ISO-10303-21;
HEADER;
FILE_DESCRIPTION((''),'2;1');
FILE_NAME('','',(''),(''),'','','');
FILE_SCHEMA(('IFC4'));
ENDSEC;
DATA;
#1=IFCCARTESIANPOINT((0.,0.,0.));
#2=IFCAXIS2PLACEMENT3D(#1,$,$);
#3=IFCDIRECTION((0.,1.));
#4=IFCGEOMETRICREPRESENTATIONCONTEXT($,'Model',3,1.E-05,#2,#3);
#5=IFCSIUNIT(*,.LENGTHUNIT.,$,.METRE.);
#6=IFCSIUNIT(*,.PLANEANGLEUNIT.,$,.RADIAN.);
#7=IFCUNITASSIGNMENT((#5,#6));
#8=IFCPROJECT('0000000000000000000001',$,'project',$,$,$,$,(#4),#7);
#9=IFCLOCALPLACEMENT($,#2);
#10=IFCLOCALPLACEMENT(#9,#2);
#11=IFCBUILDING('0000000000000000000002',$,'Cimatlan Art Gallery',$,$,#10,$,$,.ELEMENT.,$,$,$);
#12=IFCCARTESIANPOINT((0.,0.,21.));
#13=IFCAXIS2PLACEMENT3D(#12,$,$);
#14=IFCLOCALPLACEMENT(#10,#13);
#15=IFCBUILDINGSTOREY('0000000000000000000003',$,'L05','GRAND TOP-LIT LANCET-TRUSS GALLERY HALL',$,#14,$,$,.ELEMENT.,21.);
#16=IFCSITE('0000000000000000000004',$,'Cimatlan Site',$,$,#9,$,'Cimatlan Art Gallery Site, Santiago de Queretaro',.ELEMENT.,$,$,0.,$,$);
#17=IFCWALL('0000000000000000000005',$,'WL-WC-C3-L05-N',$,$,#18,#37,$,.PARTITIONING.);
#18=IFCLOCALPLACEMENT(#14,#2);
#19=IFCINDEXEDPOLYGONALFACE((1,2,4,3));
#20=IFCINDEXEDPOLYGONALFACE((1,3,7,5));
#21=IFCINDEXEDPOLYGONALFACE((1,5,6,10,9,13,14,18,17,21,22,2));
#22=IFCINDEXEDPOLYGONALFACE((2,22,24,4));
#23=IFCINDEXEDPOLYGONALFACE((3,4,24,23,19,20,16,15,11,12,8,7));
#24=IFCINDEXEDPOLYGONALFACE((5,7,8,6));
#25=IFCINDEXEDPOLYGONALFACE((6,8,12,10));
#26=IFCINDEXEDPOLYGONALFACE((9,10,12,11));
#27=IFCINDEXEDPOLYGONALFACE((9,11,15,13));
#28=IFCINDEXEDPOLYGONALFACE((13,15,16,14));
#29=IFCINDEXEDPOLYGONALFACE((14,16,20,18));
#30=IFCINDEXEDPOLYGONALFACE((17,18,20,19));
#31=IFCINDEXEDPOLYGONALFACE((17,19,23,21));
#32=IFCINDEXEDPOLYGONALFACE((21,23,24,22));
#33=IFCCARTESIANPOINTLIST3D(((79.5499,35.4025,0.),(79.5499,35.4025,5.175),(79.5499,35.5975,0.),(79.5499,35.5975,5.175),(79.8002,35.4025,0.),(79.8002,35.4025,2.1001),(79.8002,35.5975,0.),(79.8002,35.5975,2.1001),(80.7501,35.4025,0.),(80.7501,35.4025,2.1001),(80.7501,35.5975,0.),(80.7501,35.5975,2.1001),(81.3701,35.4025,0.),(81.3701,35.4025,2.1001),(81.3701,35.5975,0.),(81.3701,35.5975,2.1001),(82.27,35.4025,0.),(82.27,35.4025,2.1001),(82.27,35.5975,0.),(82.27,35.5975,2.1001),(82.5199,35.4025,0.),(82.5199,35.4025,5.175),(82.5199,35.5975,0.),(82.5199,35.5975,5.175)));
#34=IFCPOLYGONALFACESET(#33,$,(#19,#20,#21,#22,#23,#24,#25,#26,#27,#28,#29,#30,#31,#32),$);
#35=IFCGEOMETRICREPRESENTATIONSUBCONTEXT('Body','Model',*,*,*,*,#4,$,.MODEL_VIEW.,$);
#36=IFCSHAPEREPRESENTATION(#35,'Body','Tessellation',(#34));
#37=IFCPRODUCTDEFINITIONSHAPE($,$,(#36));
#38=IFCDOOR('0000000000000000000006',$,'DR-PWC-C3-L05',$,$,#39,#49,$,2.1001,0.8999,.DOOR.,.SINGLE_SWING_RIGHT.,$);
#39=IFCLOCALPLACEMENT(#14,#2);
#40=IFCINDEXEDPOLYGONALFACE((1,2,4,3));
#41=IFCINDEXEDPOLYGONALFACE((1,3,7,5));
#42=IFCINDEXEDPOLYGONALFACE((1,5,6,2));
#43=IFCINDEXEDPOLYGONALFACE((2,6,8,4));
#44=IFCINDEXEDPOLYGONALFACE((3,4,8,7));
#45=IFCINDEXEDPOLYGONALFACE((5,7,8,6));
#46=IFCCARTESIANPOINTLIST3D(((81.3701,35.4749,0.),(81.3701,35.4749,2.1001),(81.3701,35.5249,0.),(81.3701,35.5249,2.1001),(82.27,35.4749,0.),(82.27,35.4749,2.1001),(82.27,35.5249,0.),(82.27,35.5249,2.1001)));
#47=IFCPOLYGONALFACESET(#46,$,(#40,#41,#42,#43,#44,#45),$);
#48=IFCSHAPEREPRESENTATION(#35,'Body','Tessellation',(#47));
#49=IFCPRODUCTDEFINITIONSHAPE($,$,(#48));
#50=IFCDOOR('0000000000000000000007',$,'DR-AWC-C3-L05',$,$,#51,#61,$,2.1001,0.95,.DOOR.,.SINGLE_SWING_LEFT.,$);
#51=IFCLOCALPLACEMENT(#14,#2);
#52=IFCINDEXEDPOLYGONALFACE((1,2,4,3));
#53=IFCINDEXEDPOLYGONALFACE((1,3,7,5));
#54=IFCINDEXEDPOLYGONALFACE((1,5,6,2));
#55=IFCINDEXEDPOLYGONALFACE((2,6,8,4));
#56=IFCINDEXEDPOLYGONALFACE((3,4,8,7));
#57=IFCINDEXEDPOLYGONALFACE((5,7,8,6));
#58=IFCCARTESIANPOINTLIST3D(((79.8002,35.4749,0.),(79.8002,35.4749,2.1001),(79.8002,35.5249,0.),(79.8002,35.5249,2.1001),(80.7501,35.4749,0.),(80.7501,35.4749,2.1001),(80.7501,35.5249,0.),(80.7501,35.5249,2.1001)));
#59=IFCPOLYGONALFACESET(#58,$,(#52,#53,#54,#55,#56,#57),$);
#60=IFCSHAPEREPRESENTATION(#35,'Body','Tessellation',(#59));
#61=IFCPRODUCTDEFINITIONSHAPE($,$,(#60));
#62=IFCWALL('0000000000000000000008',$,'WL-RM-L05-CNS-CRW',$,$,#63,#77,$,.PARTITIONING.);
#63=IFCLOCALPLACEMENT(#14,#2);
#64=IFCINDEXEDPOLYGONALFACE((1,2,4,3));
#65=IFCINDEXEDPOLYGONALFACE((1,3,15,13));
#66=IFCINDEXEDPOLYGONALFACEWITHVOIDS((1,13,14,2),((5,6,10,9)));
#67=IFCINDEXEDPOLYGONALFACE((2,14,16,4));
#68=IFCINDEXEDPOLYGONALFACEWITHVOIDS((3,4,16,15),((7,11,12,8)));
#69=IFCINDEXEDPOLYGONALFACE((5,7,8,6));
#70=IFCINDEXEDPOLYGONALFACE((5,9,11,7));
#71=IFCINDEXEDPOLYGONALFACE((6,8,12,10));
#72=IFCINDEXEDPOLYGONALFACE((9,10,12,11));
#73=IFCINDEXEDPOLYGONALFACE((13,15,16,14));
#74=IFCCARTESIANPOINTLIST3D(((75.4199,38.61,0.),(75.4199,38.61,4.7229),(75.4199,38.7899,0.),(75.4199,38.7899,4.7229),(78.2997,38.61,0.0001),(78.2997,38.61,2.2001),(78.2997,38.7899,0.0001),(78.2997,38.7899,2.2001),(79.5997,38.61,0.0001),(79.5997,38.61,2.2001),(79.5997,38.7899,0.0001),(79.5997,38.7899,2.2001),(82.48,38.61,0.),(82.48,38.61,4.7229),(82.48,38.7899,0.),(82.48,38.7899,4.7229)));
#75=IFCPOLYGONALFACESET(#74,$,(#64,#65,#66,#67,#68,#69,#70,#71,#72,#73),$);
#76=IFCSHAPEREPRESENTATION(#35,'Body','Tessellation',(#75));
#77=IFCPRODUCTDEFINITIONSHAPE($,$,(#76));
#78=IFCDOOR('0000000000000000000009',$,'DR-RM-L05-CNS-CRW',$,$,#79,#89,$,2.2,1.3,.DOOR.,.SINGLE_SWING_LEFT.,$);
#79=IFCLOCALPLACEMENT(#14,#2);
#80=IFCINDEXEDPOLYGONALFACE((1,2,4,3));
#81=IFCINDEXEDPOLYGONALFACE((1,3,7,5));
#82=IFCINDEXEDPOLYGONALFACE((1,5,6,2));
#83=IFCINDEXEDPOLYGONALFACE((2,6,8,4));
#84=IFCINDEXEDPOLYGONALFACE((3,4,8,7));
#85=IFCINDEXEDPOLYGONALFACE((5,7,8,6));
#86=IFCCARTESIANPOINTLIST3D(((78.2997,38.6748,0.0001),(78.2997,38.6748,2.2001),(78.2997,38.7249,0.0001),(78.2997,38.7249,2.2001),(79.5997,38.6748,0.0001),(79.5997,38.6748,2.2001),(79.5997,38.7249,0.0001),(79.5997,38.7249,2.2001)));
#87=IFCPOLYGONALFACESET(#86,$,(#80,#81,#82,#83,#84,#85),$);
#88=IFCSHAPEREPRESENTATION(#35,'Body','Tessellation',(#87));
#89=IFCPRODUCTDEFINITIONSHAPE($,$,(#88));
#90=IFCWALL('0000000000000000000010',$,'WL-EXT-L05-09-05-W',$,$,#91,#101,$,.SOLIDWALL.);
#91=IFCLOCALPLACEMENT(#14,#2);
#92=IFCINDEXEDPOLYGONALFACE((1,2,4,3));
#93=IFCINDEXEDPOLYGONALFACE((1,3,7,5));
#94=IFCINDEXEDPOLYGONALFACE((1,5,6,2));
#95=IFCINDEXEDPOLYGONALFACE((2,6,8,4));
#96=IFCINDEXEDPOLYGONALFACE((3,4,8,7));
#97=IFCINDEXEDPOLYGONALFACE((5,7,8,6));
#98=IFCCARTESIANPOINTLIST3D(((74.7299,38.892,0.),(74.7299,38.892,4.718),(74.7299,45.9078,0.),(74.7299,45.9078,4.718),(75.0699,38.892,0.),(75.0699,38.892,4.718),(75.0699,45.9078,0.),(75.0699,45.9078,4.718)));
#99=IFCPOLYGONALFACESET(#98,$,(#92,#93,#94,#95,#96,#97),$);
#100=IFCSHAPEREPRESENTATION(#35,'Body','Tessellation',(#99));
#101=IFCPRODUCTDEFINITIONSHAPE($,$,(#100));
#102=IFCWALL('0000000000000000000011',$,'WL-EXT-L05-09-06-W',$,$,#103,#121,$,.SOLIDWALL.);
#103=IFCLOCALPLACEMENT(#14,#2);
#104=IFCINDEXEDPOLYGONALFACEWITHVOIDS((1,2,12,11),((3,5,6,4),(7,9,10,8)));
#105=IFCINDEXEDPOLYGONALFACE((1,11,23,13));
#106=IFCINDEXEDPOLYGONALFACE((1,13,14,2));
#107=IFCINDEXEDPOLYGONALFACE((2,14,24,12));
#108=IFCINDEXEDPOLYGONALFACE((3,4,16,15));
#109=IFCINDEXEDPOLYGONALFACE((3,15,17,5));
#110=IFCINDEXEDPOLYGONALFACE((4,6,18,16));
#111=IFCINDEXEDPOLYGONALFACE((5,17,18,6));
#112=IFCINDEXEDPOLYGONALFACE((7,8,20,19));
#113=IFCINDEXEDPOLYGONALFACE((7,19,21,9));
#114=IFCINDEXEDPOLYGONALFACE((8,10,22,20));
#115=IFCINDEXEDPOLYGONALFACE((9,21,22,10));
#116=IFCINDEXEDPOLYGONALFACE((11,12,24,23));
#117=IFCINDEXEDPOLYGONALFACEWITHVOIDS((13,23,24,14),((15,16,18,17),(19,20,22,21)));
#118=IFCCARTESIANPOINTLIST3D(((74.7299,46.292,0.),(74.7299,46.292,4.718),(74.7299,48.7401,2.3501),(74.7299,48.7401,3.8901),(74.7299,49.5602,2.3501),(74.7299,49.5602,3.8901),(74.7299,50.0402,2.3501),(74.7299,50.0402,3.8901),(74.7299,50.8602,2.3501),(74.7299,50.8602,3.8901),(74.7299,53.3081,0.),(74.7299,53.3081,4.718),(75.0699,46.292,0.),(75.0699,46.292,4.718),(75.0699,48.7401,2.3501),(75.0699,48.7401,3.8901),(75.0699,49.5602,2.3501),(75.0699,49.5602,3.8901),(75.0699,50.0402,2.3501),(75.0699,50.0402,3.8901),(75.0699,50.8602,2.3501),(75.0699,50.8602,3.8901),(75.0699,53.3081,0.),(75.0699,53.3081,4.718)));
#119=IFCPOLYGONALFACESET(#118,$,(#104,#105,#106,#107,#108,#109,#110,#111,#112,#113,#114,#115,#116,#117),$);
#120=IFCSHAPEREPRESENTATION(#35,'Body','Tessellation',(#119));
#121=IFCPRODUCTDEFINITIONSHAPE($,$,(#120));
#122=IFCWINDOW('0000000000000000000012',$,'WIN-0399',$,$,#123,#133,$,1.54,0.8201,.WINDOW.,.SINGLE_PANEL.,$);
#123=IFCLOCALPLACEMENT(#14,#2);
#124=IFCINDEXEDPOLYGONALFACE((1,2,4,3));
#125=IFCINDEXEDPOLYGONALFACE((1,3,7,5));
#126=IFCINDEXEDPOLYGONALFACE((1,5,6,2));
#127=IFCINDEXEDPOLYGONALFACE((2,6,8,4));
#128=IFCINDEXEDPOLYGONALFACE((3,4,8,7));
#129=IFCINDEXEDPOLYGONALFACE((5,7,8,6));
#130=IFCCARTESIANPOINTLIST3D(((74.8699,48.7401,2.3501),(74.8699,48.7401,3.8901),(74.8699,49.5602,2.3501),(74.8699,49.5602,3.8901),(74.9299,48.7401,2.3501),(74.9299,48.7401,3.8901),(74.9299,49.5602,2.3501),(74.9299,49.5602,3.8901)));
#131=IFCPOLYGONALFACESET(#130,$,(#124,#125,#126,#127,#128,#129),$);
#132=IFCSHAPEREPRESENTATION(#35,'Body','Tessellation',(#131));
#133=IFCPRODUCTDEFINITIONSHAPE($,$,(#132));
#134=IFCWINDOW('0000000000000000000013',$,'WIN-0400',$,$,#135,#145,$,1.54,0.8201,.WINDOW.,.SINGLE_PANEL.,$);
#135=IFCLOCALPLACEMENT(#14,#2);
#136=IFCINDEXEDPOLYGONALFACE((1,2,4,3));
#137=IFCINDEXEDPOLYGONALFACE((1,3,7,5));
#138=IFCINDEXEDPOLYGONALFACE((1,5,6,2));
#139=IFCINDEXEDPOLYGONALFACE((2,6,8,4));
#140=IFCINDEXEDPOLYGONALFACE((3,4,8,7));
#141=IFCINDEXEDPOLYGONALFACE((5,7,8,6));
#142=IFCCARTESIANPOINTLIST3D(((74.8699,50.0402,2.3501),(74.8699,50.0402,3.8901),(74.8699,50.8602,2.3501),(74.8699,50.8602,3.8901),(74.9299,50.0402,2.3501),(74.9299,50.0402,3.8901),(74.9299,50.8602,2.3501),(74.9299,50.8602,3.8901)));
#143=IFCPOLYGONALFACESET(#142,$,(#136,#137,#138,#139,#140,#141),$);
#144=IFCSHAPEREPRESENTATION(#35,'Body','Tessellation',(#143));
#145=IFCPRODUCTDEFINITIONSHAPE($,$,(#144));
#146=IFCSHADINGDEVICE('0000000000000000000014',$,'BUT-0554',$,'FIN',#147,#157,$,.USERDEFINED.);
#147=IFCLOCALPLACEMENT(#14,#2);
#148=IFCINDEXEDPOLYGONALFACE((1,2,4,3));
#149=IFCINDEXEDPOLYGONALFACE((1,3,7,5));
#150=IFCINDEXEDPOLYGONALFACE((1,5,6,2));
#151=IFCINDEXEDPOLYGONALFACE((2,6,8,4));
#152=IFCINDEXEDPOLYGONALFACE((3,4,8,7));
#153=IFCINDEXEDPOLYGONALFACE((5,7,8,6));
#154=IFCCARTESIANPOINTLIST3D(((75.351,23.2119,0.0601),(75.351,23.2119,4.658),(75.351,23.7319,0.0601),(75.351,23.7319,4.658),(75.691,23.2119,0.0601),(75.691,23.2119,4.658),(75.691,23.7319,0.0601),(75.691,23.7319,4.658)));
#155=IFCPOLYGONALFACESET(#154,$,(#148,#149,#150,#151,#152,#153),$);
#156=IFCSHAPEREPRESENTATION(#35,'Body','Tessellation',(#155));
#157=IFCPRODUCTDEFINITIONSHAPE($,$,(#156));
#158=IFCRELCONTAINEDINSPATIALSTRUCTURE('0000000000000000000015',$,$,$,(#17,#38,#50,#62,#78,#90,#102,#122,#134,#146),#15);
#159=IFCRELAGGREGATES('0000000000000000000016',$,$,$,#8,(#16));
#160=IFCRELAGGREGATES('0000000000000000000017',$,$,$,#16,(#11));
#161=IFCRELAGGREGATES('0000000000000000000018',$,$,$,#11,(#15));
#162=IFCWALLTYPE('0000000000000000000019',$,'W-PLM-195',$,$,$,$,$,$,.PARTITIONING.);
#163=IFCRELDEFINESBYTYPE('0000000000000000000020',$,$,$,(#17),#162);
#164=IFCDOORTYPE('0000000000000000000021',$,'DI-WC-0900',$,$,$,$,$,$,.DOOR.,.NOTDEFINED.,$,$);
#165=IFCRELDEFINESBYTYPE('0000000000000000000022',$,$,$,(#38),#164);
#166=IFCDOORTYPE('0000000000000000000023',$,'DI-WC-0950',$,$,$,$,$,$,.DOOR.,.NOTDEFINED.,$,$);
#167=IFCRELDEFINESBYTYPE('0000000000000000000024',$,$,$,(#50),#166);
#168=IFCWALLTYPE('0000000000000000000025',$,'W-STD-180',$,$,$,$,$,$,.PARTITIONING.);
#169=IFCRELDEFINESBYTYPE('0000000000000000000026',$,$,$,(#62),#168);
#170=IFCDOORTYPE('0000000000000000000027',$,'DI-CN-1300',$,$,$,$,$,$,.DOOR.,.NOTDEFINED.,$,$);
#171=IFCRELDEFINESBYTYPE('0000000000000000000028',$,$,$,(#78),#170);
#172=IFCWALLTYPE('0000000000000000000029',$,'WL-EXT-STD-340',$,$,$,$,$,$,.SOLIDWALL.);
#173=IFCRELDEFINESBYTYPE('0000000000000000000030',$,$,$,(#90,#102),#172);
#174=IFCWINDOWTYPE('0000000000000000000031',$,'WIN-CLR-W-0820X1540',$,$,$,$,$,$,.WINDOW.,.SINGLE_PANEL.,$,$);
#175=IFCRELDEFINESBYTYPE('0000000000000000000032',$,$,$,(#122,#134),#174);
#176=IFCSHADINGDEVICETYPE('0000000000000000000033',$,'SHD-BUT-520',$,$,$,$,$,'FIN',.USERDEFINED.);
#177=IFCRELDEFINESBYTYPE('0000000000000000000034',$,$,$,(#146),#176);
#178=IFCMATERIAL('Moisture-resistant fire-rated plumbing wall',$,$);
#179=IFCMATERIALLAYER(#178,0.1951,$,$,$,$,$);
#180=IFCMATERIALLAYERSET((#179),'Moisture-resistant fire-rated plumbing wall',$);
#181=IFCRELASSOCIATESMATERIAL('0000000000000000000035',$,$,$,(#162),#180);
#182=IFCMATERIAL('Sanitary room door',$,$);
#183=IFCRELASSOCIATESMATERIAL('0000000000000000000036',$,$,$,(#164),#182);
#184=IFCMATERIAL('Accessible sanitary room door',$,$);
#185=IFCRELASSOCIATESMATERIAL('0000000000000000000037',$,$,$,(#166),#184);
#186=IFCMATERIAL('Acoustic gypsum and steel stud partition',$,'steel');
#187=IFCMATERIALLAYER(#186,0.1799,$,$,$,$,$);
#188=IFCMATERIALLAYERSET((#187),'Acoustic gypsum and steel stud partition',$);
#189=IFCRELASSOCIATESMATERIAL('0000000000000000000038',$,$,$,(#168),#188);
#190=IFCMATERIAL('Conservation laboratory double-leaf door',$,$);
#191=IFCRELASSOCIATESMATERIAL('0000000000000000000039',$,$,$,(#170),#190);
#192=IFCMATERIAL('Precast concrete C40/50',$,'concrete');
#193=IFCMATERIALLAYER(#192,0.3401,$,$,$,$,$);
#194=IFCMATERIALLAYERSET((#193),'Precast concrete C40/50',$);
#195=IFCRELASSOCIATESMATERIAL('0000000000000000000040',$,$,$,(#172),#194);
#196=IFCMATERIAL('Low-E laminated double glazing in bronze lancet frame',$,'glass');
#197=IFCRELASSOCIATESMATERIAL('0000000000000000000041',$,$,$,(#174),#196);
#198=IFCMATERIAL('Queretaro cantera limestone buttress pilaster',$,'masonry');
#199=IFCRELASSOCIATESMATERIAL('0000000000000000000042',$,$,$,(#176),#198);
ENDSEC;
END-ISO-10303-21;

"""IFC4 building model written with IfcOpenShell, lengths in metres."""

from ifc_helpers import new_model, si_unit, direction, frame, frame_2d, origin, origin_2d, place, context, subcontext, project, spatial, rectangle, extrude, material, layer, layer_set, type_object, element, fill, save


model = new_model("IFC4")

# Units and contexts
model_context = context("Model", 3, precision=1e-05, world=origin(), true_north=direction((0.0, 1.0)))
body_context = subcontext(model_context, "Body", "Model", "MODEL_VIEW")
ifc_project = project(units=[si_unit("LENGTHUNIT", "METRE"), si_unit("PLANEANGLEUNIT", "RADIAN")], contexts=[model_context])

# Site, building, storey
site_placement = place(None, origin())
site = spatial("IfcSite", under=ifc_project, at=site_placement, Name="Cimatlan Site", LongName="Cimatlan Art Gallery Site, Santiago de Queretaro", CompositionType="ELEMENT", RefElevation=0.0)
building_placement = place(site_placement, origin())
building = spatial("IfcBuilding", under=site, at=building_placement, Name="Cimatlan Art Gallery", CompositionType="ELEMENT")
storey_placement = place(building_placement, frame((0.0, 0.0, 21.0)))
storey = spatial("IfcBuildingStorey", under=building, at=storey_placement, Name="L05", Description="GRAND TOP-LIT LANCET-TRUSS GALLERY HALL", CompositionType="ELEMENT", Elevation=21.0)

# Shared definitions
ifc_material_1 = material(Name="Precast concrete C40/50", Category="concrete")

# Shared definitions
ifc_material_2 = material(Name="Moisture-resistant fire-rated plumbing wall")
ifc_layer_1 = layer(ifc_material_2, 0.1951)
ifc_layer_set_1 = layer_set([ifc_layer_1], Name="Moisture-resistant fire-rated plumbing wall")
wall_type_1 = type_object("IfcWallType", Name="W-PLM-195", PredefinedType="PARTITIONING", material=ifc_layer_set_1)

# Wall, openings, doors
wall_1_placement = place(storey_placement, frame((79.55, 35.5, 0.0), z_axis=(0.0, 0.0, 1.0), x_axis=(1.0, 0.0, 0.0)))
wall_1 = element("IfcWall", 1, at=wall_1_placement, inside=storey, type_object=wall_type_1, Name="WL-WC-C3-L05-N", PredefinedType="PARTITIONING", context=body_context, shape_type="SweptSolid", body=[
    extrude(rectangle(XDim=2.97, YDim=0.1951, at=frame_2d((1.4849, 0.0))), origin(), (0.0, 0.0, 1.0), 5.175),
])
opening_1_placement = place(wall_1_placement, frame((0.25, 0.0, 0.0)))
opening_1 = element("IfcOpeningElement", 2, at=opening_1_placement, cuts=wall_1, PredefinedType="OPENING", context=body_context, shape_type="SweptSolid", body=[
    extrude(rectangle(XDim=0.95, YDim=2.1001, at=frame_2d((0.4751, 1.05))), frame((0.0, 0.1074, 0.0), z_axis=(0.0, -1.0, 0.0), x_axis=(1.0, 0.0, 0.0)), (0.0, 0.0, 1.0), 0.2151),
])
opening_2_placement = place(wall_1_placement, frame((1.8201, 0.0, 0.0)))
opening_2 = element("IfcOpeningElement", 3, at=opening_2_placement, cuts=wall_1, PredefinedType="OPENING", context=body_context, shape_type="SweptSolid", body=[
    extrude(rectangle(XDim=0.8999, YDim=2.1001, at=frame_2d((0.45, 1.05))), frame((0.0, 0.1074, 0.0), z_axis=(0.0, -1.0, 0.0), x_axis=(1.0, 0.0, 0.0)), (0.0, 0.0, 1.0), 0.2151),
])
ifc_material_3 = material(Name="Sanitary room door")
door_type_1 = type_object("IfcDoorType", Name="DI-WC-0900", OperationType="NOTDEFINED", PredefinedType="DOOR", material=ifc_material_3)
door_1_placement = place(opening_2_placement, origin())
door_1 = element("IfcDoor", 4, at=door_1_placement, inside=storey, type_object=door_type_1, Name="DR-PWC-C3-L05", OperationType="SINGLE_SWING_RIGHT", OverallHeight=2.1001, OverallWidth=0.8999, PredefinedType="DOOR", context=body_context, shape_type="SweptSolid", body=[
    extrude(rectangle(XDim=0.8999, YDim=2.1001, at=frame_2d((0.45, 1.05))), frame((0.0, 0.0249, 0.0), z_axis=(0.0, -1.0, 0.0), x_axis=(1.0, 0.0, 0.0)), (0.0, 0.0, 1.0), 0.05),
])
fill(opening_2, door_1)
ifc_material_4 = material(Name="Accessible sanitary room door")
door_type_2 = type_object("IfcDoorType", Name="DI-WC-0950", OperationType="NOTDEFINED", PredefinedType="DOOR", material=ifc_material_4)
door_2_placement = place(opening_1_placement, origin())
door_2 = element("IfcDoor", 5, at=door_2_placement, inside=storey, type_object=door_type_2, Name="DR-AWC-C3-L05", OperationType="SINGLE_SWING_LEFT", OverallHeight=2.1001, OverallWidth=0.95, PredefinedType="DOOR", context=body_context, shape_type="SweptSolid", body=[
    extrude(rectangle(XDim=0.95, YDim=2.1001, at=frame_2d((0.4751, 1.05))), frame((0.0, 0.0249, 0.0), z_axis=(0.0, -1.0, 0.0), x_axis=(1.0, 0.0, 0.0)), (0.0, 0.0, 1.0), 0.05),
])
fill(opening_1, door_2)

# Wall, opening, door
ifc_material_5 = material(Name="Acoustic gypsum and steel stud partition", Category="steel")
ifc_layer_2 = layer(ifc_material_5, 0.1799)
ifc_layer_set_2 = layer_set([ifc_layer_2], Name="Acoustic gypsum and steel stud partition")
wall_type_2 = type_object("IfcWallType", Name="W-STD-180", PredefinedType="PARTITIONING", material=ifc_layer_set_2)
wall_2_placement = place(storey_placement, frame((75.4199, 38.7, 0.0), z_axis=(0.0, 0.0, 1.0), x_axis=(1.0, 0.0, 0.0)))
wall_2 = element("IfcWall", 6, at=wall_2_placement, inside=storey, type_object=wall_type_2, Name="WL-RM-L05-CNS-CRW", PredefinedType="PARTITIONING", context=body_context, shape_type="SweptSolid", body=[
    extrude(rectangle(XDim=7.0601, YDim=0.1799, at=frame_2d((3.53, 0.0))), origin(), (0.0, 0.0, 1.0), 4.7229),
])
opening_3_placement = place(wall_2_placement, frame((2.8799, 0.0, 0.0)))
opening_3 = element("IfcOpeningElement", 7, at=opening_3_placement, cuts=wall_2, PredefinedType="OPENING", context=body_context, shape_type="SweptSolid", body=[
    extrude(rectangle(XDim=1.3, YDim=2.2, at=frame_2d((0.6499, 1.1001))), frame((0.0, 0.1001, 0.0), z_axis=(0.0, -1.0, 0.0), x_axis=(1.0, 0.0, 0.0)), (0.0, 0.0, 1.0), 0.2),
])
ifc_material_6 = material(Name="Conservation laboratory double-leaf door")
door_type_3 = type_object("IfcDoorType", Name="DI-CN-1300", OperationType="NOTDEFINED", PredefinedType="DOOR", material=ifc_material_6)
door_3_placement = place(opening_3_placement, origin())
door_3 = element("IfcDoor", 8, at=door_3_placement, inside=storey, type_object=door_type_3, Name="DR-RM-L05-CNS-CRW", OperationType="SINGLE_SWING_LEFT", OverallHeight=2.2, OverallWidth=1.3, PredefinedType="DOOR", context=body_context, shape_type="SweptSolid", body=[
    extrude(rectangle(XDim=1.3, YDim=2.2, at=frame_2d((0.6499, 1.1001))), frame((0.0, 0.0249, 0.0), z_axis=(0.0, -1.0, 0.0), x_axis=(1.0, 0.0, 0.0)), (0.0, 0.0, 1.0), 0.05),
])
fill(opening_3, door_3)

# Wall
ifc_layer_3 = layer(ifc_material_1, 0.3401)
ifc_layer_set_3 = layer_set([ifc_layer_3], Name="Precast concrete C40/50")
wall_type_3 = type_object("IfcWallType", Name="WL-EXT-STD-340", PredefinedType="SOLIDWALL", material=ifc_layer_set_3)
wall_3_placement = place(storey_placement, frame((74.8999, 38.8921, 0.0), z_axis=(0.0, 0.0, 1.0), x_axis=(0.0, 1.0, 0.0)))
element("IfcWall", 9, at=wall_3_placement, inside=storey, type_object=wall_type_3, Name="WL-EXT-L05-09-05-W", PredefinedType="SOLIDWALL", context=body_context, shape_type="SweptSolid", body=[
    extrude(rectangle(XDim=7.0159, YDim=0.3401, at=frame_2d((3.5078, 0.0))), origin(), (0.0, 0.0, 1.0), 4.718),
])

# Wall, openings, windows
wall_4_placement = place(storey_placement, frame((74.8999, 46.292, 0.0), z_axis=(0.0, 0.0, 1.0), x_axis=(0.0, 1.0, 0.0)))
wall_4 = element("IfcWall", 10, at=wall_4_placement, inside=storey, type_object=wall_type_3, Name="WL-EXT-L05-09-06-W", PredefinedType="SOLIDWALL", context=body_context, shape_type="SweptSolid", body=[
    extrude(rectangle(XDim=7.0161, YDim=0.3401, at=frame_2d((3.5081, 0.0))), origin(), (0.0, 0.0, 1.0), 4.718),
])
opening_4_placement = place(wall_4_placement, frame((2.448, 0.0, 2.3501)))
opening_4 = element("IfcOpeningElement", 11, at=opening_4_placement, cuts=wall_4, PredefinedType="OPENING", context=body_context, shape_type="SweptSolid", body=[
    extrude(rectangle(XDim=0.8201, YDim=1.54, at=frame_2d((0.4102, 0.77))), frame((0.0, 0.1802, 0.0), z_axis=(0.0, -1.0, 0.0), x_axis=(1.0, 0.0, 0.0)), (0.0, 0.0, 1.0), 0.3601),
])
opening_5_placement = place(wall_4_placement, frame((3.748, 0.0, 2.3501)))
opening_5 = element("IfcOpeningElement", 12, at=opening_5_placement, cuts=wall_4, PredefinedType="OPENING", context=body_context, shape_type="SweptSolid", body=[
    extrude(rectangle(XDim=0.8201, YDim=1.54, at=frame_2d((0.4102, 0.77))), frame((0.0, 0.1802, 0.0), z_axis=(0.0, -1.0, 0.0), x_axis=(1.0, 0.0, 0.0)), (0.0, 0.0, 1.0), 0.3601),
])
ifc_material_7 = material(Name="Low-E laminated double glazing in bronze lancet frame", Category="glass")
window_type = type_object("IfcWindowType", Name="WIN-CLR-W-0820X1540", PartitioningType="SINGLE_PANEL", PredefinedType="WINDOW", material=ifc_material_7)
window_1_placement = place(opening_4_placement, origin())
window_1 = element("IfcWindow", 13, at=window_1_placement, inside=storey, type_object=window_type, Name="WIN-0399", OverallHeight=1.54, OverallWidth=0.8201, PartitioningType="SINGLE_PANEL", PredefinedType="WINDOW", context=body_context, shape_type="SweptSolid", body=[
    extrude(rectangle(XDim=0.8201, YDim=1.54, at=frame_2d((0.4102, 0.77))), frame((0.0, 0.03, 0.0), z_axis=(0.0, -1.0, 0.0), x_axis=(1.0, 0.0, 0.0)), (0.0, 0.0, 1.0), 0.0601),
])
fill(opening_4, window_1)
window_2_placement = place(opening_5_placement, origin())
window_2 = element("IfcWindow", 14, at=window_2_placement, inside=storey, type_object=window_type, Name="WIN-0400", OverallHeight=1.54, OverallWidth=0.8201, PartitioningType="SINGLE_PANEL", PredefinedType="WINDOW", context=body_context, shape_type="SweptSolid", body=[
    extrude(rectangle(XDim=0.8201, YDim=1.54, at=frame_2d((0.4102, 0.77))), frame((0.0, 0.03, 0.0), z_axis=(0.0, -1.0, 0.0), x_axis=(1.0, 0.0, 0.0)), (0.0, 0.0, 1.0), 0.0601),
])
fill(opening_5, window_2)

# Shading device
ifc_material_8 = material(Name="Queretaro cantera limestone buttress pilaster", Category="masonry")
shading_device_type = type_object("IfcShadingDeviceType", Name="SHD-BUT-520", ElementType="FIN", PredefinedType="USERDEFINED", material=ifc_material_8)
shading_device_placement = place(storey_placement, frame((75.521, 23.4719, 0.0601), z_axis=(0.0, 0.0, 1.0), x_axis=(-1.0, 0.0, 0.0)))
element("IfcShadingDevice", 15, at=shading_device_placement, inside=storey, type_object=shading_device_type, Name="BUT-0554", ObjectType="FIN", PredefinedType="USERDEFINED", context=body_context, shape_type="SweptSolid", body=[
    extrude(rectangle(XDim=0.3401, YDim=0.52, at=origin_2d()), origin(), (0.0, 0.0, 1.0), 4.5979),
])

save(model, "model.ifc")
